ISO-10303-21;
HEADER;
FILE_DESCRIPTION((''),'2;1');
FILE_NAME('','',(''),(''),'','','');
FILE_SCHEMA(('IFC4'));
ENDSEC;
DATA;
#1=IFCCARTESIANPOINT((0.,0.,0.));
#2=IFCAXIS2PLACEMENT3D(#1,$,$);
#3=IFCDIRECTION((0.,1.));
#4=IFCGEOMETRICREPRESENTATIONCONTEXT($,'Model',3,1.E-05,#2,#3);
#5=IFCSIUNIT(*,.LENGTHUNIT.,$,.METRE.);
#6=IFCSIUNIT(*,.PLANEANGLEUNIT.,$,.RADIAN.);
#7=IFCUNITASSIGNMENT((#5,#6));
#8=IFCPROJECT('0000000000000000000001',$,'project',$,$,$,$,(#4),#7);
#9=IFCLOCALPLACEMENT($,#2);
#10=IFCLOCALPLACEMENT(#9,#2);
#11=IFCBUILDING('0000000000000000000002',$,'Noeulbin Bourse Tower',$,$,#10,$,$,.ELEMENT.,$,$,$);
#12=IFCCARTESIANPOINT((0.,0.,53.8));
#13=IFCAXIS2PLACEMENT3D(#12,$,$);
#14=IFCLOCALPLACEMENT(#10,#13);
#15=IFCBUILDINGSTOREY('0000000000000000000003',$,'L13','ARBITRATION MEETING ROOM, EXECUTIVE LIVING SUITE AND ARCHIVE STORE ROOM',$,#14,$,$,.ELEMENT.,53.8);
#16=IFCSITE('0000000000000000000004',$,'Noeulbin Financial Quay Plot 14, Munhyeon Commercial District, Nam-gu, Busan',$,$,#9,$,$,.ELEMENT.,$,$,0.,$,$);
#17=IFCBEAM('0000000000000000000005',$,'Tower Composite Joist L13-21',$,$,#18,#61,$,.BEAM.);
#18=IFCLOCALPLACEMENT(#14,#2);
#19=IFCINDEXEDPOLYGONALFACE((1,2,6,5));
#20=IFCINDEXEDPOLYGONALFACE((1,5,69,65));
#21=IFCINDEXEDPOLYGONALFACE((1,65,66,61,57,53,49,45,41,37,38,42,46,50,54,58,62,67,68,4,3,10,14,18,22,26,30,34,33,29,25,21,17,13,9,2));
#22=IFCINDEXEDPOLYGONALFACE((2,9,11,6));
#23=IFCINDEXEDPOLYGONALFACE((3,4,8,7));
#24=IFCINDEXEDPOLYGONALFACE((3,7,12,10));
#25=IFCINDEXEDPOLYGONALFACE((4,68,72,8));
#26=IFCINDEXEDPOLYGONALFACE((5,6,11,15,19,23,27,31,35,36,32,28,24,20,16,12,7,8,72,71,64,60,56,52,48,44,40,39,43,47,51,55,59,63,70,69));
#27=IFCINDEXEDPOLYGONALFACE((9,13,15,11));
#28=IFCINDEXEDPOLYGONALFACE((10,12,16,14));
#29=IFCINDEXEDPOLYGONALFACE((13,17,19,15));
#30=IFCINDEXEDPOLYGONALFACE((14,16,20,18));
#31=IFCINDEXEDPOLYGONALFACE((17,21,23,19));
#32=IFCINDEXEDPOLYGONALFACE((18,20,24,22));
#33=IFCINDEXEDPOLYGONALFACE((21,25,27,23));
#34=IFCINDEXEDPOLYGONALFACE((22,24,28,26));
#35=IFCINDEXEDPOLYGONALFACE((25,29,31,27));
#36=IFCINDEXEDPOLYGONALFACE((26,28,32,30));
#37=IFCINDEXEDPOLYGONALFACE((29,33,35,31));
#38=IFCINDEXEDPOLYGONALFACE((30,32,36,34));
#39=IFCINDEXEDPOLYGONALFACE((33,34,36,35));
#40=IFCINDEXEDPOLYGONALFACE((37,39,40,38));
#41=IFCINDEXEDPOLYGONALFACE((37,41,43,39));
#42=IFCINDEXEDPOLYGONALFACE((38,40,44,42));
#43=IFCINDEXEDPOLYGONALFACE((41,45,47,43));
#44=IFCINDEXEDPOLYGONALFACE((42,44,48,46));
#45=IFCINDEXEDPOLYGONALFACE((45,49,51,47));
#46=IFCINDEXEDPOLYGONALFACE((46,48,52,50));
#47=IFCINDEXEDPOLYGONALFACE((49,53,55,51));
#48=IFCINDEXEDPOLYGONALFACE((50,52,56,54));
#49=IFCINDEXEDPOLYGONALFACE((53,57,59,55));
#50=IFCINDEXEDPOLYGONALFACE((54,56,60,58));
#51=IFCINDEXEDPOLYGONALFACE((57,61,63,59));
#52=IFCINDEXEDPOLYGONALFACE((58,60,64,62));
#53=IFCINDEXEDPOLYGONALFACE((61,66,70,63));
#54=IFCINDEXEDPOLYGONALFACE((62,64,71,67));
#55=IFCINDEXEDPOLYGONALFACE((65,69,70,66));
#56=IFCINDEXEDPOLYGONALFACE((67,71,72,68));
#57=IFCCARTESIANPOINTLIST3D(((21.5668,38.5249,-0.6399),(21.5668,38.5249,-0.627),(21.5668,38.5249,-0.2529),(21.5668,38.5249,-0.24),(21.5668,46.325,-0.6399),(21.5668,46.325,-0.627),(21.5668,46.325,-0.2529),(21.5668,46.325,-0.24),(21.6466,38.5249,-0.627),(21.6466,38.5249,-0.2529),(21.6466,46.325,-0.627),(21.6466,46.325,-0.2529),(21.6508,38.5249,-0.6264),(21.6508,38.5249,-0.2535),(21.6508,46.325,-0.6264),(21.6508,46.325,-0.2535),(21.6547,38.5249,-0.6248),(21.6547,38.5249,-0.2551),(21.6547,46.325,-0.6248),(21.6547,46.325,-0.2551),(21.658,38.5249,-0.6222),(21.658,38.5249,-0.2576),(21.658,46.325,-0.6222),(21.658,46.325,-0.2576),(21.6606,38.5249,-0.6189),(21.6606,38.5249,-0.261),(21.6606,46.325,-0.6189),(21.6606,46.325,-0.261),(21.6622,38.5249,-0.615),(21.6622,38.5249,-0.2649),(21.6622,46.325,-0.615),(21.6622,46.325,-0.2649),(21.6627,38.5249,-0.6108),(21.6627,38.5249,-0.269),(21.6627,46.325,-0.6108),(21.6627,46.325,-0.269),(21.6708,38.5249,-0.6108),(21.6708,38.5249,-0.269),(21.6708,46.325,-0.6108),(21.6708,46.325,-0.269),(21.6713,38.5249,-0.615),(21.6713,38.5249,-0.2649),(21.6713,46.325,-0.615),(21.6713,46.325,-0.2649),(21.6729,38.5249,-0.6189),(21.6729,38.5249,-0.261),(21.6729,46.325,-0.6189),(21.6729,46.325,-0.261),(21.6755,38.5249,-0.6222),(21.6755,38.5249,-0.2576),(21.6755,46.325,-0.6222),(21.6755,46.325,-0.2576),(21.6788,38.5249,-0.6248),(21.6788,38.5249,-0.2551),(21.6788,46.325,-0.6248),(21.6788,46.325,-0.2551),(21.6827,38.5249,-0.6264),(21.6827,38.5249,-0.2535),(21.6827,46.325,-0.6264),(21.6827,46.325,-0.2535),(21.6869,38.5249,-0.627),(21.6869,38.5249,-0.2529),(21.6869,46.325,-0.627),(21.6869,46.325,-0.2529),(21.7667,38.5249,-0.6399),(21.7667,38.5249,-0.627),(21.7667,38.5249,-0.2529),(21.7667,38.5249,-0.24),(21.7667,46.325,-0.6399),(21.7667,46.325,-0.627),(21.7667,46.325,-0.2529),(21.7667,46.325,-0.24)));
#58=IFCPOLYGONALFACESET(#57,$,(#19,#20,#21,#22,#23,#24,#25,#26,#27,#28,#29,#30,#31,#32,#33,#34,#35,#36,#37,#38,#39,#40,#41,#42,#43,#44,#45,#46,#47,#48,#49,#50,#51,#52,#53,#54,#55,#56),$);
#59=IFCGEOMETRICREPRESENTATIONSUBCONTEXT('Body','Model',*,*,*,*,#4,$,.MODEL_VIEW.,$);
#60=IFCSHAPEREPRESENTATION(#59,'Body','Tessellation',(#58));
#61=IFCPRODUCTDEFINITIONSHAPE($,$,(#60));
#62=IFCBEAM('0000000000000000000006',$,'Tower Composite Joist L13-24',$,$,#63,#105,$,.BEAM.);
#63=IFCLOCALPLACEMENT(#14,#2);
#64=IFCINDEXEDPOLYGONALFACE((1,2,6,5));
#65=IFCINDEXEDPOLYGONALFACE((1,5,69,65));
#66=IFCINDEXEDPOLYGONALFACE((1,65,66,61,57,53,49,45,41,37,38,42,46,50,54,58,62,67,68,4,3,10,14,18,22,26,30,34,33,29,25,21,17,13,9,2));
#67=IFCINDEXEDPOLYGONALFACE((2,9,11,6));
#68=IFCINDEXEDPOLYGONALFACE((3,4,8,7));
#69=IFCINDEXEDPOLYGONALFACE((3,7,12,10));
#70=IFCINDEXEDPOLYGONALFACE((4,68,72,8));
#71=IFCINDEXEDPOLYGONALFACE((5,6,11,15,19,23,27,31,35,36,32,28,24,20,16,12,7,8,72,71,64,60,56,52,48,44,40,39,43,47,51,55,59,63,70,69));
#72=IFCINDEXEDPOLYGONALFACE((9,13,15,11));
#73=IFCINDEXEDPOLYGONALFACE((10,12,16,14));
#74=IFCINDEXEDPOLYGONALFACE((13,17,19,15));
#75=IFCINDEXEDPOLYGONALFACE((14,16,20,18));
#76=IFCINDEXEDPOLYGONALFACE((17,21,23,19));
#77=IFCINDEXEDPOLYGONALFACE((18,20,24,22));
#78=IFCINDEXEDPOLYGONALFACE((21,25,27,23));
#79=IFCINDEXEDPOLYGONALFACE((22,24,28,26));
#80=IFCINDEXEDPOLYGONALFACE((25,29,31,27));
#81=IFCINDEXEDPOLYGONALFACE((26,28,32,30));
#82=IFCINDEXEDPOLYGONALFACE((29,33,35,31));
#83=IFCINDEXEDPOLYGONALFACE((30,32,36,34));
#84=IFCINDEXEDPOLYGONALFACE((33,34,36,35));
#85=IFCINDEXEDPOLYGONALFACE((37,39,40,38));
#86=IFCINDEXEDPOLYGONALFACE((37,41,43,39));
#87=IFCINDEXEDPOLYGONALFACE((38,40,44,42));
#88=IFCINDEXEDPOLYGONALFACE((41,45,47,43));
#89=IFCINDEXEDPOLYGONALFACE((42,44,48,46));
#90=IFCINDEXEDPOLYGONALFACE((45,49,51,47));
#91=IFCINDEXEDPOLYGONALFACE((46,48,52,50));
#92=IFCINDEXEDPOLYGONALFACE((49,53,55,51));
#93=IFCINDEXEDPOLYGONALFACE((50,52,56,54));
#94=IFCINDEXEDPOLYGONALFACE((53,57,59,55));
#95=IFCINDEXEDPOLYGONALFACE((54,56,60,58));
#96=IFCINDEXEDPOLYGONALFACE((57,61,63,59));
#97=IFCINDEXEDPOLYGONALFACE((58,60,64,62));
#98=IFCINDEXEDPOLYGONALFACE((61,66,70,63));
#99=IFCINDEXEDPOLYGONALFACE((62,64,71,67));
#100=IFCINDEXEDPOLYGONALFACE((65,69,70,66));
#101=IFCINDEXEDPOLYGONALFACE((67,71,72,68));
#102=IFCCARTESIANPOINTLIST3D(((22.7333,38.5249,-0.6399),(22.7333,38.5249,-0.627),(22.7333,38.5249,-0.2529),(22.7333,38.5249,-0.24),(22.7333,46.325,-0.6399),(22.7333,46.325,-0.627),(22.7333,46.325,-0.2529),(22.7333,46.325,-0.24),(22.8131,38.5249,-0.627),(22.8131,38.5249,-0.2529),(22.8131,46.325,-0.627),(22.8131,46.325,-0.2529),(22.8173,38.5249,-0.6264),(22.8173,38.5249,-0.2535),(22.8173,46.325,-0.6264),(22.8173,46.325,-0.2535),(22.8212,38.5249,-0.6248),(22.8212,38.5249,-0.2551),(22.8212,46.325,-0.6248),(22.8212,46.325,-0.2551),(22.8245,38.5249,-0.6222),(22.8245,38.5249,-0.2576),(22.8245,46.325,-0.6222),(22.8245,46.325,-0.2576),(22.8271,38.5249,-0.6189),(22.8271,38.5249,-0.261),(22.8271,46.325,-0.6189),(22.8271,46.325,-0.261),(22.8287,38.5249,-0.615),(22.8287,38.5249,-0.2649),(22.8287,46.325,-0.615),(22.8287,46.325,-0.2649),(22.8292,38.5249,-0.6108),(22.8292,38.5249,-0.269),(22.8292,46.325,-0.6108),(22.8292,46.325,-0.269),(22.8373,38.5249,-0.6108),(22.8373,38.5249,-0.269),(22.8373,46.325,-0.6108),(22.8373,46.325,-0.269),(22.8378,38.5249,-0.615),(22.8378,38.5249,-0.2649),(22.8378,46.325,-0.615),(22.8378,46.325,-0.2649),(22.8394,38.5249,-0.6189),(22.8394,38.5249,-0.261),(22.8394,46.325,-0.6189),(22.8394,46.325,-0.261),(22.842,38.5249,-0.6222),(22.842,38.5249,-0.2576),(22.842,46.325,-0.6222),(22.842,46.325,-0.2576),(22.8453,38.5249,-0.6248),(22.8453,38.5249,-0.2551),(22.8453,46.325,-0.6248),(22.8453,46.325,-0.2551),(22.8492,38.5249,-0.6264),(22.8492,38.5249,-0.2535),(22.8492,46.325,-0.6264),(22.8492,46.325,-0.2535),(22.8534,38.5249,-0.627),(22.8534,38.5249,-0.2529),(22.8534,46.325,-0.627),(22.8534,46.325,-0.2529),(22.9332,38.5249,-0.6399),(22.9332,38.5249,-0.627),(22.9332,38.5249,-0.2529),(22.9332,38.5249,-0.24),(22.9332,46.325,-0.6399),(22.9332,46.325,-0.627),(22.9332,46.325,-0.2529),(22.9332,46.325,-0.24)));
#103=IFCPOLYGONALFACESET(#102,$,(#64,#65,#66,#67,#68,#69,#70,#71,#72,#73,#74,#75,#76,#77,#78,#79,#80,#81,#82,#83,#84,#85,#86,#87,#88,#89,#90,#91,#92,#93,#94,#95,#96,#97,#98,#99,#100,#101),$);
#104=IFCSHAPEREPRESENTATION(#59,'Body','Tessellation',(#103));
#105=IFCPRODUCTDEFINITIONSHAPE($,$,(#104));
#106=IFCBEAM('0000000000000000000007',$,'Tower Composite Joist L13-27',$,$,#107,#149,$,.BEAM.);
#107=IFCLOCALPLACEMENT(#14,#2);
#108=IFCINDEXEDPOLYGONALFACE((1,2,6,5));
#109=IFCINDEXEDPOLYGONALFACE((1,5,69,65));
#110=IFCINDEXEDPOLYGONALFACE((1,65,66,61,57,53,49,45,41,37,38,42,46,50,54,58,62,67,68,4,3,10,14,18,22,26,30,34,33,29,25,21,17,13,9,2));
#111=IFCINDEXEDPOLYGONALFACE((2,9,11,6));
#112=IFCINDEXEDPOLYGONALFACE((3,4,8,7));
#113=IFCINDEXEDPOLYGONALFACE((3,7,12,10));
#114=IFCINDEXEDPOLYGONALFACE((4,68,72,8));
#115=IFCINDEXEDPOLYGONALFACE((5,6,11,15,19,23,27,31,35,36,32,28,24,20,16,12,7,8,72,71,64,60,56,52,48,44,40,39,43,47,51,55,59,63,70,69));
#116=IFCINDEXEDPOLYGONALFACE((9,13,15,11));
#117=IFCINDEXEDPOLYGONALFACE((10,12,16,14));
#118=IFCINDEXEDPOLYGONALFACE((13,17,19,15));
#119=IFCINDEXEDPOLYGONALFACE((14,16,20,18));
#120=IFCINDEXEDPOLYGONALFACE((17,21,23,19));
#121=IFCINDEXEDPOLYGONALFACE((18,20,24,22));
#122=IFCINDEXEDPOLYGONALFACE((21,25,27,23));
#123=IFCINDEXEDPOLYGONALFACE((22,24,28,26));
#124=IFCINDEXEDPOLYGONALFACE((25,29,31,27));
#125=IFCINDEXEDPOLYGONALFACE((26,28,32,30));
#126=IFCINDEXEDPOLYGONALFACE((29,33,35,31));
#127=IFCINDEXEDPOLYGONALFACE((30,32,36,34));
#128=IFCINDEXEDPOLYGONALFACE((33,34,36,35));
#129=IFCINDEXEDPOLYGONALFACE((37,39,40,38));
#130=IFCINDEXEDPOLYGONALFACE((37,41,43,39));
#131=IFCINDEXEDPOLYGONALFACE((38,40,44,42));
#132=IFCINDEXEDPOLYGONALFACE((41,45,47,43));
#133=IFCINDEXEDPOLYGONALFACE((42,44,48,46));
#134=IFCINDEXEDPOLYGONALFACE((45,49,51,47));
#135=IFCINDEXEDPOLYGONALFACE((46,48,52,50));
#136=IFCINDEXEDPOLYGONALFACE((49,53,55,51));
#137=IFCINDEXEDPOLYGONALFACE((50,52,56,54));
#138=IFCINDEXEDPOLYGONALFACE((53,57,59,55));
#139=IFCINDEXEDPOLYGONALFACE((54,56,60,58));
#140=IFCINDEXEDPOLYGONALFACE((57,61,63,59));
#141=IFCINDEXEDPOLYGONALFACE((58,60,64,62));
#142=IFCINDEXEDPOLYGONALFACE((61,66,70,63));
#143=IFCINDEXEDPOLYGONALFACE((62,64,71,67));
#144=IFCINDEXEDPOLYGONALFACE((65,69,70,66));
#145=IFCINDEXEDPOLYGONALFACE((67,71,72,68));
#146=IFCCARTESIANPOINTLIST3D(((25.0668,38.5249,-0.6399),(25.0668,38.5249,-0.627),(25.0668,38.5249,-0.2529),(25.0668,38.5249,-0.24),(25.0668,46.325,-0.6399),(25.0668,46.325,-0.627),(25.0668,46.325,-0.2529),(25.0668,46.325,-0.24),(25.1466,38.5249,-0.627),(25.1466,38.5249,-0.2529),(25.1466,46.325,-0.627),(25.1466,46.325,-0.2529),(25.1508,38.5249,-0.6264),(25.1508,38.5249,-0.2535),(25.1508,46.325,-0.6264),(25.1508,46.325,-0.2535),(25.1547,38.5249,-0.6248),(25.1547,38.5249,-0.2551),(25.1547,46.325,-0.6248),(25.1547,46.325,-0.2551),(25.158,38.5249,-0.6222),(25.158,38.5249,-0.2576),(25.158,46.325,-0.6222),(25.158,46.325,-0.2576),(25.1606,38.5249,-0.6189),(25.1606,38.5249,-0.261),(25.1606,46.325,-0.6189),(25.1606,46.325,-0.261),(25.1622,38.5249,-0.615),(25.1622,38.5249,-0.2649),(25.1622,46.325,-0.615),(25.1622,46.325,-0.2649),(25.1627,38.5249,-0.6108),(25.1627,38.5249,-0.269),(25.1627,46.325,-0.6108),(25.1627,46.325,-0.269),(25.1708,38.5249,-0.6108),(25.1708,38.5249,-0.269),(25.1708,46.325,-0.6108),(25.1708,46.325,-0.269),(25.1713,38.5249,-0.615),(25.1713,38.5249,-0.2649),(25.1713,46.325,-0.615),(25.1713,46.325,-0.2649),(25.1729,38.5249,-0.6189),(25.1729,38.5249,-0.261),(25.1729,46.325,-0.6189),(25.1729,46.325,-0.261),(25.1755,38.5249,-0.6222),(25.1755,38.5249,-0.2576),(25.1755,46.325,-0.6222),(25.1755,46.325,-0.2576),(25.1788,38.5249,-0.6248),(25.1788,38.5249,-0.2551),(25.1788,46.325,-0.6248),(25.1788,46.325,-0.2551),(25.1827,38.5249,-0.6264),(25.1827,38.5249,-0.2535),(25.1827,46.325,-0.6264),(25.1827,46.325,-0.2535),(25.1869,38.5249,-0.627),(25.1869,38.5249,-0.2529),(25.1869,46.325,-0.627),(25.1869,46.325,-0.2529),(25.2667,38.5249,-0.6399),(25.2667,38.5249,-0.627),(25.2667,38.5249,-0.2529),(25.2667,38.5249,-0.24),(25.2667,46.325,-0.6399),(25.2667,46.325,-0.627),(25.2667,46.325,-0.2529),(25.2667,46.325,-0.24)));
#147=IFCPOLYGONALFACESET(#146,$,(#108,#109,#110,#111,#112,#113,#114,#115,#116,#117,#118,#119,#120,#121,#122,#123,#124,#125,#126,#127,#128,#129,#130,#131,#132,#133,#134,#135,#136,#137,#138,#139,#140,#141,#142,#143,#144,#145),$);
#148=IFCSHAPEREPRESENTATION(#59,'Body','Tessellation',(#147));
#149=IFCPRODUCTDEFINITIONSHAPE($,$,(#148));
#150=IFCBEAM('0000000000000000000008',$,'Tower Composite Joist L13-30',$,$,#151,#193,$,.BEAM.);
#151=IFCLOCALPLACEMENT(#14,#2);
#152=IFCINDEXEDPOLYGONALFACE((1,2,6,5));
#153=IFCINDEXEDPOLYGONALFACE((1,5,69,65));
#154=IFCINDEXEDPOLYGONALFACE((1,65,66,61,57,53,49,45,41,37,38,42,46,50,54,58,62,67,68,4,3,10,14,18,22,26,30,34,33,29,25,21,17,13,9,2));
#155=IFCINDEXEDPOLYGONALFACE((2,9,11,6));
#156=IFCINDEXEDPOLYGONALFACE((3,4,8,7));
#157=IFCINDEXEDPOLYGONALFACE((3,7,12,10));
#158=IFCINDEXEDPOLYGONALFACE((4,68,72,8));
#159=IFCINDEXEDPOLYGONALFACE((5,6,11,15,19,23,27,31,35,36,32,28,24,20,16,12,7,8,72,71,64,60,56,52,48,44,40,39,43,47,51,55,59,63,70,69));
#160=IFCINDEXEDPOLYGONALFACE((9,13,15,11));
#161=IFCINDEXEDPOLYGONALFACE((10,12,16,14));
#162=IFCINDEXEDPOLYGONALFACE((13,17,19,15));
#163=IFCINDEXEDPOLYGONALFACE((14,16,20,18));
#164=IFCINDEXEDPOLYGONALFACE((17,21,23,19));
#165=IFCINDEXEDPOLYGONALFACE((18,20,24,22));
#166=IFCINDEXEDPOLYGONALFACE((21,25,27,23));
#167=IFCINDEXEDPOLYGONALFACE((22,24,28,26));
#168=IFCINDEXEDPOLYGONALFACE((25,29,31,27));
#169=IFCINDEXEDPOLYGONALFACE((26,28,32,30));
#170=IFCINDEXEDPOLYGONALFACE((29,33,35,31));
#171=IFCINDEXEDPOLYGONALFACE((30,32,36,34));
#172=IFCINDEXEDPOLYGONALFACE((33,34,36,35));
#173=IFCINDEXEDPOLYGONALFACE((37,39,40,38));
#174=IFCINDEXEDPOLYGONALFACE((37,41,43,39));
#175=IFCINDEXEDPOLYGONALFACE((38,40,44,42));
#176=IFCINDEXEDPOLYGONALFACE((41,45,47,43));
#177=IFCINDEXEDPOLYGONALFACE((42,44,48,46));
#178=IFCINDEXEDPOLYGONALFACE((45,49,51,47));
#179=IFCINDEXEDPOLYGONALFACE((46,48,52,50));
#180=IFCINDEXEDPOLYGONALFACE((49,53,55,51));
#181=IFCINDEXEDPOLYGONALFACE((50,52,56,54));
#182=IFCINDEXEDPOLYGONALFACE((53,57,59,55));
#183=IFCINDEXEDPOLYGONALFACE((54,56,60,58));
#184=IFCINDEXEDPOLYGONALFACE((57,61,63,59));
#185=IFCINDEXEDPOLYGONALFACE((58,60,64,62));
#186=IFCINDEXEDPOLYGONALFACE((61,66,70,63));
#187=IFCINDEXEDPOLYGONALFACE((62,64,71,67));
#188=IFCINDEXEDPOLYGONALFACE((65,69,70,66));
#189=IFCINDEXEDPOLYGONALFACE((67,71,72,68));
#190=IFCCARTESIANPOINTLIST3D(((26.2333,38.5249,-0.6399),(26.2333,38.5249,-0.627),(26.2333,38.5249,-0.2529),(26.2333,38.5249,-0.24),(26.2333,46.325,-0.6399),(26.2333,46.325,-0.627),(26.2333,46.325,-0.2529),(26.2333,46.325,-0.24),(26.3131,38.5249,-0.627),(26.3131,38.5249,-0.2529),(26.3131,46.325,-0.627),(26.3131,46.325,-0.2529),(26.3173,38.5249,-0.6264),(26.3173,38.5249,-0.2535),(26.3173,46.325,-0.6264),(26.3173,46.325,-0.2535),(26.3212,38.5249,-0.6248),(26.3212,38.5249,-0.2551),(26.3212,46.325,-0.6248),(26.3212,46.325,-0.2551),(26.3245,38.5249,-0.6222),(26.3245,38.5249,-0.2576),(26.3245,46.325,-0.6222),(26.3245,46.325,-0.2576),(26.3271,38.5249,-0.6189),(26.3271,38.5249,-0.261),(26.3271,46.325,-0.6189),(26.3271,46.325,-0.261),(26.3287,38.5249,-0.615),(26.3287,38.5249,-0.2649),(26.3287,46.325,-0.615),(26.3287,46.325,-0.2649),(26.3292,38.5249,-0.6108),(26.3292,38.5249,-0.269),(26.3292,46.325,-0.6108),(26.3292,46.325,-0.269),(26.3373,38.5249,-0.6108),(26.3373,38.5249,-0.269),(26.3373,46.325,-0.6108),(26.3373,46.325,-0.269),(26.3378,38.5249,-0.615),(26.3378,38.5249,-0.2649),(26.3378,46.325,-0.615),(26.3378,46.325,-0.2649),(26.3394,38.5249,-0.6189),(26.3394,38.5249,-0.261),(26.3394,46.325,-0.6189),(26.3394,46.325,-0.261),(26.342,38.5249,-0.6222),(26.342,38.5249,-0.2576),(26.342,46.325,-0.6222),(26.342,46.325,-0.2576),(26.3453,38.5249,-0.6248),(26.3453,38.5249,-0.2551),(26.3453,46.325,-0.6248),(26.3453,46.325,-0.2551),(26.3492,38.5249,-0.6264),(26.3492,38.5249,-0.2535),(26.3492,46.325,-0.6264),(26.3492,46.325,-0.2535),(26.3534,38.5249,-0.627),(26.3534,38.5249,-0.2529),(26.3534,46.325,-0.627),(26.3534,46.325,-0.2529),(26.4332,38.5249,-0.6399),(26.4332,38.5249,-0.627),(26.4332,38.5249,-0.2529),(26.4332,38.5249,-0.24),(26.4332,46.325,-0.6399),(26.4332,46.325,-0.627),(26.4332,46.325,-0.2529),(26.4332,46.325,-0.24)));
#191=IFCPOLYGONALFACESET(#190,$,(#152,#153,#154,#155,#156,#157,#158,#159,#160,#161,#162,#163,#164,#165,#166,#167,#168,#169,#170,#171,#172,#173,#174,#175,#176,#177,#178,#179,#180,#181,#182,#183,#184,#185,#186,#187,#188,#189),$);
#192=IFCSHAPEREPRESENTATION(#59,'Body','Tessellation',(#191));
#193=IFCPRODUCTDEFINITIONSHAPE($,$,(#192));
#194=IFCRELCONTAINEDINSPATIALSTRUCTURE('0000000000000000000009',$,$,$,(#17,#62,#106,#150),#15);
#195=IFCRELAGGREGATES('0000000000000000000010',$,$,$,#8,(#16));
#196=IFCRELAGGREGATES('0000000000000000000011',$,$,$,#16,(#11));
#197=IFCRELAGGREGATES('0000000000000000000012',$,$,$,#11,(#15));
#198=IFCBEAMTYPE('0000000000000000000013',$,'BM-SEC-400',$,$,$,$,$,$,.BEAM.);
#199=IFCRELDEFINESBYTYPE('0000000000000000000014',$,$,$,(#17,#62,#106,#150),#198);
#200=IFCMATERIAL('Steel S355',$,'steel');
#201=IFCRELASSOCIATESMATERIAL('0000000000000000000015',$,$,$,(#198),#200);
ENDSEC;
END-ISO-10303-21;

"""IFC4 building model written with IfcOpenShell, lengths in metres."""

from ifc_helpers import new_model, si_unit, direction, frame, origin, origin_2d, place, context, subcontext, project, spatial, i_section, extrude, material, material_profile, profile_set, type_object, element, save


model = new_model("IFC4")

# Units and contexts
model_context = context("Model", 3, precision=1e-05, world=origin(), true_north=direction((0.0, 1.0)))
body_context = subcontext(model_context, "Body", "Model", "MODEL_VIEW")
ifc_project = project(units=[si_unit("LENGTHUNIT", "METRE"), si_unit("PLANEANGLEUNIT", "RADIAN")], contexts=[model_context])

# Site, building, storey
site_placement = place(None, origin())
site = spatial("IfcSite", under=ifc_project, at=site_placement, Name="Noeulbin Financial Quay Plot 14, Munhyeon Commercial District, Nam-gu, Busan", CompositionType="ELEMENT", RefElevation=0.0)
building_placement = place(site_placement, origin())
building = spatial("IfcBuilding", under=site, at=building_placement, Name="Noeulbin Bourse Tower", CompositionType="ELEMENT")
storey_placement = place(building_placement, frame((0.0, 0.0, 53.8)))
storey = spatial("IfcBuildingStorey", under=building, at=storey_placement, Name="L13", Description="ARBITRATION MEETING ROOM, EXECUTIVE LIVING SUITE AND ARCHIVE STORE ROOM", CompositionType="ELEMENT", Elevation=53.8)

# Beams
ifc_material_1 = material(Name="Steel S355", Category="steel")
ifc_material_profile_1 = material_profile(ifc_material_1, i_section(OverallWidth=0.2, OverallDepth=0.3999, WebThickness=0.0081, FlangeThickness=0.0129, FilletRadius=0.0161, at=origin_2d()), Name="H-400x200x8x13", Category="LoadBearing")
ifc_profile_set_1 = profile_set([ifc_material_profile_1], Name="Steel S355")
beam_type_1 = type_object("IfcBeamType", Name="BM-SEC-400", PredefinedType="BEAM", material=ifc_profile_set_1)
for number, where, z_axis, x_axis, name in (
    (1, (21.6667, 38.5249, -0.4399), (0.0, 1.0, 0.0), (-1.0, 0.0, 0.0), "Tower Composite Joist L13-21"),
    (2, (22.8333, 38.5249, -0.4399), (0.0, 1.0, 0.0), (-1.0, 0.0, 0.0), "Tower Composite Joist L13-24"),
    (3, (25.1667, 38.5249, -0.4399), (0.0, 1.0, 0.0), (-1.0, 0.0, 0.0), "Tower Composite Joist L13-27"),
    (4, (26.3333, 38.5249, -0.4399), (0.0, 1.0, 0.0), (-1.0, 0.0, 0.0), "Tower Composite Joist L13-30"),
):
    element("IfcBeam", number, at=place(storey_placement, frame(where, z_axis=z_axis, x_axis=x_axis)), inside=storey, type_object=beam_type_1, Name=name, PredefinedType="BEAM", context=body_context, shape_type="SweptSolid", body=[
        extrude(i_section(OverallWidth=0.2, OverallDepth=0.3999, WebThickness=0.0081, FlangeThickness=0.0129, FilletRadius=0.0161, at=origin_2d()), origin(), (0.0, 0.0, 1.0), 7.8),
    ])

save(model, "model.ifc")
